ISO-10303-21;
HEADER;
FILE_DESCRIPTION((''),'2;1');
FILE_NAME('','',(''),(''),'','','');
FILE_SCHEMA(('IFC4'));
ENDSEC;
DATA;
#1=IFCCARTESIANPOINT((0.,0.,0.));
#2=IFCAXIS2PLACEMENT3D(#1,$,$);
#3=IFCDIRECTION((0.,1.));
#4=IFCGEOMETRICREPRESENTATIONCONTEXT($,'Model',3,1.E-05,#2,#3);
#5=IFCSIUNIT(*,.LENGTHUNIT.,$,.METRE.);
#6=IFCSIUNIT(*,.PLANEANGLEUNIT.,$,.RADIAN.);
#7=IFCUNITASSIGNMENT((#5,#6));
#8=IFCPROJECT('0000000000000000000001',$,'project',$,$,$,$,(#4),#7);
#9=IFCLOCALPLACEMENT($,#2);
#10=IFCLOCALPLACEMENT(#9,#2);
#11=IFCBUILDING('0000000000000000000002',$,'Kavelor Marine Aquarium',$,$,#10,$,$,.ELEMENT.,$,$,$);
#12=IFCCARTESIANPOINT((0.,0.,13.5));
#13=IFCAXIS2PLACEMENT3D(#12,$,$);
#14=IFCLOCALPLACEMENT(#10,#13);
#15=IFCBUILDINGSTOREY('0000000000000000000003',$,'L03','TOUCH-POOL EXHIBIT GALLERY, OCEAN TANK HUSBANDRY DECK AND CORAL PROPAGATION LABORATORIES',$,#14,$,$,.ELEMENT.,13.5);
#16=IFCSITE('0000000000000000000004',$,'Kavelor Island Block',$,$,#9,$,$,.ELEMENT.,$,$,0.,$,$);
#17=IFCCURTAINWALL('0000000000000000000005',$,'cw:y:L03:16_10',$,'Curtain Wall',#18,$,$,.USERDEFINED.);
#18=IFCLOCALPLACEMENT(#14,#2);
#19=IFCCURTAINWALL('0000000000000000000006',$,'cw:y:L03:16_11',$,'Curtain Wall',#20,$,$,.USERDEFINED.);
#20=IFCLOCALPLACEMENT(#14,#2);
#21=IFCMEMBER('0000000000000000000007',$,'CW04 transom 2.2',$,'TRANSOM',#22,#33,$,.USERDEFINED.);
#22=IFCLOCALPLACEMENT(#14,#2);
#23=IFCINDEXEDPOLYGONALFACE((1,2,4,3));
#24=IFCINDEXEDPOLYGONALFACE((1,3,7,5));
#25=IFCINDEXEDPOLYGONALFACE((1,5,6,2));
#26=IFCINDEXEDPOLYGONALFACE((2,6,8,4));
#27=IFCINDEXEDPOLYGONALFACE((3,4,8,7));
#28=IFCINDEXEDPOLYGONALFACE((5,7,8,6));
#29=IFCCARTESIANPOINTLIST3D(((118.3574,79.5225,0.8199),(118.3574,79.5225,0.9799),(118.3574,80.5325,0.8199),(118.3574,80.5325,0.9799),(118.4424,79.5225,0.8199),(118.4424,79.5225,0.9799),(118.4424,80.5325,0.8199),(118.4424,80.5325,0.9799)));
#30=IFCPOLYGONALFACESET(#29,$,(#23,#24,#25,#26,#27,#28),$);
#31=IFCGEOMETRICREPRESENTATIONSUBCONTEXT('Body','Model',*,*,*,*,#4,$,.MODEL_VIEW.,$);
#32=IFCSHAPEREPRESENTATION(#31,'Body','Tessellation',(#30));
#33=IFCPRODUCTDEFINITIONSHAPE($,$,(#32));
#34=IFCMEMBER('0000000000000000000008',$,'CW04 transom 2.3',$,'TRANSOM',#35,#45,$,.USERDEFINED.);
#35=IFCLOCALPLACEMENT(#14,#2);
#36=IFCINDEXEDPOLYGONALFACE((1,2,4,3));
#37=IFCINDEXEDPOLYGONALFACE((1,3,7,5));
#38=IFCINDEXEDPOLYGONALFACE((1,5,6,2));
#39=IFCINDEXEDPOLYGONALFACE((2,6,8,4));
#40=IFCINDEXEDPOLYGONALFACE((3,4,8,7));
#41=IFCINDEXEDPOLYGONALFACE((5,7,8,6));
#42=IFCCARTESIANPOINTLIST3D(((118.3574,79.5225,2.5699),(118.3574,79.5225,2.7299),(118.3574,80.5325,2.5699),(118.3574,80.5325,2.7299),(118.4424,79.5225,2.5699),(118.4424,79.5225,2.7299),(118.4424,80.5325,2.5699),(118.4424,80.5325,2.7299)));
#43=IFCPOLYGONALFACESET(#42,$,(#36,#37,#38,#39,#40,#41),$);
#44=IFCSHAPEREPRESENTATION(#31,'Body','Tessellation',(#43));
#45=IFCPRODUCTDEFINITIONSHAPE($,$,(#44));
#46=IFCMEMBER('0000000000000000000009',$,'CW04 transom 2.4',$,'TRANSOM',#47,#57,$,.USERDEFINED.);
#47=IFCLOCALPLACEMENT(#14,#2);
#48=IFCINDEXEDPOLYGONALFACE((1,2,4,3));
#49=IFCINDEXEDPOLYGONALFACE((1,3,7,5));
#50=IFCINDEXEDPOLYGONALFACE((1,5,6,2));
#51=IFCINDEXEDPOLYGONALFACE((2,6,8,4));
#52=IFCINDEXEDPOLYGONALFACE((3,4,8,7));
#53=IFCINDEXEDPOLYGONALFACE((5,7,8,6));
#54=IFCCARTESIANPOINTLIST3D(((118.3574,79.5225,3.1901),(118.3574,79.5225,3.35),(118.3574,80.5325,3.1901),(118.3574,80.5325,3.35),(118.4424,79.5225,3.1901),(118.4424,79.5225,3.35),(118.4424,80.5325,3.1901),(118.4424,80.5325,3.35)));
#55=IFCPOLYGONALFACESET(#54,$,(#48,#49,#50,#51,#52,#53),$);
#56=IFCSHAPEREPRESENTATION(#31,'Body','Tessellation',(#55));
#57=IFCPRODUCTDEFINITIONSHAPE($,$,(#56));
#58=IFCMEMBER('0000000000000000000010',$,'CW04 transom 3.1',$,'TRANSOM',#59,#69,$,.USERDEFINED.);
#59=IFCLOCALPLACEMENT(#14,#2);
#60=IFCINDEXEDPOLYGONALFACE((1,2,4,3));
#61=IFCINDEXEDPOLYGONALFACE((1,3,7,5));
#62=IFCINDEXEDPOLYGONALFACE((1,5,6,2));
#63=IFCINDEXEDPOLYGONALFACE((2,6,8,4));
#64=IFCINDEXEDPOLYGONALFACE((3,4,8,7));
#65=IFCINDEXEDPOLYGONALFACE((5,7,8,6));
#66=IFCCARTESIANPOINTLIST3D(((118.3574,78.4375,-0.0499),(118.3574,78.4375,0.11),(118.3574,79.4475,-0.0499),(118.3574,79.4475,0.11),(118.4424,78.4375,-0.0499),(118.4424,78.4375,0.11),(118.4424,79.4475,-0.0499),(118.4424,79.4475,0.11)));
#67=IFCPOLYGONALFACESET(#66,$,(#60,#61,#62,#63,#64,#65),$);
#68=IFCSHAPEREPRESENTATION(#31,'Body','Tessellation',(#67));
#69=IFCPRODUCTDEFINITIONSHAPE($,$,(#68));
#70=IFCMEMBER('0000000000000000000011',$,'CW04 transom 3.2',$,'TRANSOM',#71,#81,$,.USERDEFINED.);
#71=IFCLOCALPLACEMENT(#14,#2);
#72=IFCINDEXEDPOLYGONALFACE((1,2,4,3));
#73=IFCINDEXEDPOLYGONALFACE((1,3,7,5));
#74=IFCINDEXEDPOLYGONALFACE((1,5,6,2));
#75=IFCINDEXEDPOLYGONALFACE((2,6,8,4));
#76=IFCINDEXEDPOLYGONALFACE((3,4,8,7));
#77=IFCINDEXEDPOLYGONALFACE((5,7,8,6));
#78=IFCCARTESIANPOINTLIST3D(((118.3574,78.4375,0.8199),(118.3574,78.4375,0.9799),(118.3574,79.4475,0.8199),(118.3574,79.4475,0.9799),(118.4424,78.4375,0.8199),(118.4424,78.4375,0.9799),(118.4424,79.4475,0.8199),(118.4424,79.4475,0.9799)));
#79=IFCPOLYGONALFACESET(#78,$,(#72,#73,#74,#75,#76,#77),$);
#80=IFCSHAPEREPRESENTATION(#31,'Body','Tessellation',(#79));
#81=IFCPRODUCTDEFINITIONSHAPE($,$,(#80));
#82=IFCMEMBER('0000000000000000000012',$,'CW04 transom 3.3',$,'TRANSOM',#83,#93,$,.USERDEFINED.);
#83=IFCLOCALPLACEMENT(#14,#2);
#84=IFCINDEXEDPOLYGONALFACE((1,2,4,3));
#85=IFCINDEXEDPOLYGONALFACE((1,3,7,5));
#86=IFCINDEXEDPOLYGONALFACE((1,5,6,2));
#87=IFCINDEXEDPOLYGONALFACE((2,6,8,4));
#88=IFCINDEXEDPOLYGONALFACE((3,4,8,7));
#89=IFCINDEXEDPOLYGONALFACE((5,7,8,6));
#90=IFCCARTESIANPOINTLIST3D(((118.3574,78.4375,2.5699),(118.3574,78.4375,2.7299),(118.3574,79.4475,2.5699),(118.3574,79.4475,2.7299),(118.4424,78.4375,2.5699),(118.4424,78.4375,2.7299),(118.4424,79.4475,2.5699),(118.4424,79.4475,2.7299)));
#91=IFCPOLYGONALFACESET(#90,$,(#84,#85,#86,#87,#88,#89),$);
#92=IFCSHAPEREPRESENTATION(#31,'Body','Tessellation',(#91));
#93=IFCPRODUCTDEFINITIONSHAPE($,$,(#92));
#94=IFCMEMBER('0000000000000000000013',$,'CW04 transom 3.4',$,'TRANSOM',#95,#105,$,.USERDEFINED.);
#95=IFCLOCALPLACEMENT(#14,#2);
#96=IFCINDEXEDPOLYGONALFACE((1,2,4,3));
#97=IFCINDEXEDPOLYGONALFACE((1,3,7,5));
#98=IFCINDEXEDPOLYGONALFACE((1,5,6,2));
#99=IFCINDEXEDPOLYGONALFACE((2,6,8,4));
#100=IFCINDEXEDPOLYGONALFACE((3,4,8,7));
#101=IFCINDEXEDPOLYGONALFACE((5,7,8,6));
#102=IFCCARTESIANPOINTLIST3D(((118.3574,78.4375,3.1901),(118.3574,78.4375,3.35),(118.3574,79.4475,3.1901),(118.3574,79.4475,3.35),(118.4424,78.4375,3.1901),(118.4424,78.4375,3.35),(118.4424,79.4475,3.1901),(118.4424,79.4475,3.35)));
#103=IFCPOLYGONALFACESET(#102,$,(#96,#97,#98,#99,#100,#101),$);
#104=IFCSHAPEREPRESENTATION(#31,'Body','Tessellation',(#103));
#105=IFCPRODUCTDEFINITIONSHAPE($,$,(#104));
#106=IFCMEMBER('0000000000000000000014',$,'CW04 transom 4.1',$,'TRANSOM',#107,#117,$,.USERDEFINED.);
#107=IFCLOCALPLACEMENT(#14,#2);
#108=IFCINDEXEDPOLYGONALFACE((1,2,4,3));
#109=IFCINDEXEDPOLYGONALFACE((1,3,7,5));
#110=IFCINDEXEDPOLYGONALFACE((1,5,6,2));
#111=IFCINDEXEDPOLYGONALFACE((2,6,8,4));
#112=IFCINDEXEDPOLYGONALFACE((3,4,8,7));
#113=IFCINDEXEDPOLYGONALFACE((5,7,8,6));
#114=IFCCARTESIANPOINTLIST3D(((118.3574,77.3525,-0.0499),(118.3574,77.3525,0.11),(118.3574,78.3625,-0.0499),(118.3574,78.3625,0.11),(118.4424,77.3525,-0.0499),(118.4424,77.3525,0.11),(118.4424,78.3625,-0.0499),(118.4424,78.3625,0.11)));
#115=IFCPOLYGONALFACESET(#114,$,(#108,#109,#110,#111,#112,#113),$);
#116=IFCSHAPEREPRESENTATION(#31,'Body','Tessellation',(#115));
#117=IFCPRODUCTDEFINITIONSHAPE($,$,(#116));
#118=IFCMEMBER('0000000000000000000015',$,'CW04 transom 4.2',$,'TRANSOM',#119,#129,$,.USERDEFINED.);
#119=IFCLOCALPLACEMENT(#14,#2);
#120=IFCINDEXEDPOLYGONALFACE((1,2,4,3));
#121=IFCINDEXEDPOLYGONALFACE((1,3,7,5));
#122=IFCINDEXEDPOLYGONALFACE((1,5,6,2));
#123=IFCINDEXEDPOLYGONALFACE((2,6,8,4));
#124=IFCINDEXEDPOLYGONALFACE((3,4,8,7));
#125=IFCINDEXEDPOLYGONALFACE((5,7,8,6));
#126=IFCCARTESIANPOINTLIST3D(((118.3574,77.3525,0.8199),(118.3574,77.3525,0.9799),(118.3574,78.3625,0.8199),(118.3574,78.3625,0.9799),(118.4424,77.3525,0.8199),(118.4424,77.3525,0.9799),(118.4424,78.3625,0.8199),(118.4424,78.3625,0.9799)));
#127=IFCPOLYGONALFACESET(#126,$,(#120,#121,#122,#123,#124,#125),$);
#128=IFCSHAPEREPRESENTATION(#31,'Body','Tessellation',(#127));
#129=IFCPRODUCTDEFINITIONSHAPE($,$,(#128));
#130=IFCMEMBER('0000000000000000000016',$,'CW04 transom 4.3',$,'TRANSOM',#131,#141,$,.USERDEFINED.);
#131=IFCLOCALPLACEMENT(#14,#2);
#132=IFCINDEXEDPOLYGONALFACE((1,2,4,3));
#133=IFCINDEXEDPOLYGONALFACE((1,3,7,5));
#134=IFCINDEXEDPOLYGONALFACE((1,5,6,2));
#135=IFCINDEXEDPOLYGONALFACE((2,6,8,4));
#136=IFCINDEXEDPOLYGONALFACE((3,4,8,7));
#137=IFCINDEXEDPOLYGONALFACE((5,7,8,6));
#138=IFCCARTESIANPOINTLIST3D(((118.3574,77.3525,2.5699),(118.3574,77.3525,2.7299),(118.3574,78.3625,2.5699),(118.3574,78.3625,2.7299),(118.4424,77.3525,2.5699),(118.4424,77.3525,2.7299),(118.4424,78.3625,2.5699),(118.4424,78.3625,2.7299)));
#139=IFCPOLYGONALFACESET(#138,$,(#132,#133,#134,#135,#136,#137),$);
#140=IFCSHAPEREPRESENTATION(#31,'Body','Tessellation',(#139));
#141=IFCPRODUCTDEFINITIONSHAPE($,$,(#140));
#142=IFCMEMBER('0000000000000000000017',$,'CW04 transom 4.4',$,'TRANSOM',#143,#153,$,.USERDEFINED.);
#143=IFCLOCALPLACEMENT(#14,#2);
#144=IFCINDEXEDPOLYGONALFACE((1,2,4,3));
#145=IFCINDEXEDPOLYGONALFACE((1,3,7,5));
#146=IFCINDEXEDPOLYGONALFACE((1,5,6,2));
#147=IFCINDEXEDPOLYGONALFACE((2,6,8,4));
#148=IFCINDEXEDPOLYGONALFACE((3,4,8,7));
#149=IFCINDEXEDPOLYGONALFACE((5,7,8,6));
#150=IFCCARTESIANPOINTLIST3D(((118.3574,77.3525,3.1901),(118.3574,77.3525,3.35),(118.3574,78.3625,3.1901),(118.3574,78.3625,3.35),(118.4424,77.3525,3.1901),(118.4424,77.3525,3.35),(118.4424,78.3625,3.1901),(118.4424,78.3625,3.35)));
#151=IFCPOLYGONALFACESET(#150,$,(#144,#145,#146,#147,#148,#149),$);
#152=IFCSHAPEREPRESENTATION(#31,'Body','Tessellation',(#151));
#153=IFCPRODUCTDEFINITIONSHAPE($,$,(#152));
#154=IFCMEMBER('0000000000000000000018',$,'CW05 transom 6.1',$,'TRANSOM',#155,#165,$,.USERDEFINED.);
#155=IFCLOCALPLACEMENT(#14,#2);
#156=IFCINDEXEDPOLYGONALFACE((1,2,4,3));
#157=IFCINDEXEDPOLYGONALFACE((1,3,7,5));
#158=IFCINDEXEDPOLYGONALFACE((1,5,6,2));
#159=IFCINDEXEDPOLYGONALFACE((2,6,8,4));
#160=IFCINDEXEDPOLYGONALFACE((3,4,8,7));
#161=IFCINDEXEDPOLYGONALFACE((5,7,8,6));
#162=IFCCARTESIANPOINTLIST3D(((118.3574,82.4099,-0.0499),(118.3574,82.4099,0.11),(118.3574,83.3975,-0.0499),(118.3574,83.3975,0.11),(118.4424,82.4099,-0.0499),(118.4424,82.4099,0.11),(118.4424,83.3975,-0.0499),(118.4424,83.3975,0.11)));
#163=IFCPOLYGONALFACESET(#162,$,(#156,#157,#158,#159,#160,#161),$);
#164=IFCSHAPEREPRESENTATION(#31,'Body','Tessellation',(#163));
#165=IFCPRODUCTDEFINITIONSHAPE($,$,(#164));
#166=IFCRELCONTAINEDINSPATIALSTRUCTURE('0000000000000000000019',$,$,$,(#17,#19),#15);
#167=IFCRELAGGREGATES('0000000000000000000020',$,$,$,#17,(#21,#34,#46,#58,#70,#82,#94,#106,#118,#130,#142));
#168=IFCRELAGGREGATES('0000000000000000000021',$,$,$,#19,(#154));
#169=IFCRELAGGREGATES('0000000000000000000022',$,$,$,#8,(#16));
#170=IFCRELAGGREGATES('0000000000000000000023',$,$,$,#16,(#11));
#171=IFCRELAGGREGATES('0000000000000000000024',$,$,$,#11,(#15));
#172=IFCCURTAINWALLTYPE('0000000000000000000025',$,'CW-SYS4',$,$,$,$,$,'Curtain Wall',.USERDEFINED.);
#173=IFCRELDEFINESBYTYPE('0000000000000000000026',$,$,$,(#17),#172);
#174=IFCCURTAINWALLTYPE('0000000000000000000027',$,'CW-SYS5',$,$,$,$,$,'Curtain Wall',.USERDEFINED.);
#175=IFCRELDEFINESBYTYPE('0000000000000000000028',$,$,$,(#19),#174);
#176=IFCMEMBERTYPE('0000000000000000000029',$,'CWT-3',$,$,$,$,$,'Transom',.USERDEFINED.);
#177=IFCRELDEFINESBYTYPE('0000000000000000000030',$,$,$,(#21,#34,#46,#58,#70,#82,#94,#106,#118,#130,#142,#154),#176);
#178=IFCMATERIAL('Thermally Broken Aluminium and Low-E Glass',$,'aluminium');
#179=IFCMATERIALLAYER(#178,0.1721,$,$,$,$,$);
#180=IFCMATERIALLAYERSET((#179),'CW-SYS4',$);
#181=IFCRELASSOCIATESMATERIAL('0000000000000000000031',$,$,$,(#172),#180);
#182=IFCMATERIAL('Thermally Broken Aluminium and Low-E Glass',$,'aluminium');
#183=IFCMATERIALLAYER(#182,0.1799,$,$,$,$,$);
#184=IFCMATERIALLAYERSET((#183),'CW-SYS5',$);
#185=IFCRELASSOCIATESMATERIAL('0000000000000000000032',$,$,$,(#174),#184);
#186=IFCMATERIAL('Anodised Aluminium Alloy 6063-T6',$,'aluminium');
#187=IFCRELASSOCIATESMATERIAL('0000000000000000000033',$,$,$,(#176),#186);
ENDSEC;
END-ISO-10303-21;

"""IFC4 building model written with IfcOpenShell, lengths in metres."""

from ifc_helpers import new_model, si_unit, direction, frame, origin, origin_2d, place, context, subcontext, project, spatial, rectangle, extrude, material, layer, layer_set, material_profile, profile_set, type_object, element, aggregate, save


model = new_model("IFC4")

# Units and contexts
model_context = context("Model", 3, precision=1e-05, world=origin(), true_north=direction((0.0, 1.0)))
body_context = subcontext(model_context, "Body", "Model", "MODEL_VIEW")
ifc_project = project(units=[si_unit("LENGTHUNIT", "METRE"), si_unit("PLANEANGLEUNIT", "RADIAN")], contexts=[model_context])

# Site, building, storey
site_placement = place(None, origin())
site = spatial("IfcSite", under=ifc_project, at=site_placement, Name="Kavelor Island Block", CompositionType="ELEMENT", RefElevation=0.0)
building_placement = place(site_placement, origin())
building = spatial("IfcBuilding", under=site, at=building_placement, Name="Kavelor Marine Aquarium", CompositionType="ELEMENT")
storey_placement = place(building_placement, frame((0.0, 0.0, 13.5)))
storey = spatial("IfcBuildingStorey", under=building, at=storey_placement, Name="L03", Description="TOUCH-POOL EXHIBIT GALLERY, OCEAN TANK HUSBANDRY DECK AND CORAL PROPAGATION LABORATORIES", CompositionType="ELEMENT", Elevation=13.5)

# Curtain wall
ifc_material_1 = material(Name="Thermally Broken Aluminium and Low-E Glass", Category="aluminium")
ifc_layer_1 = layer(ifc_material_1, 0.1721)
ifc_layer_set_1 = layer_set([ifc_layer_1], Name="CW-SYS4")
curtain_wall_type_1 = type_object("IfcCurtainWallType", Name="CW-SYS4", ElementType="Curtain Wall", PredefinedType="USERDEFINED", material=ifc_layer_set_1)
curtain_wall_1_placement = place(storey_placement, origin())
curtain_wall_1 = element("IfcCurtainWall", 1, at=curtain_wall_1_placement, inside=storey, type_object=curtain_wall_type_1, Name="cw:y:L03:16_10", ObjectType="Curtain Wall", PredefinedType="USERDEFINED")

# Curtain wall
ifc_material_2 = material(Name="Thermally Broken Aluminium and Low-E Glass", Category="aluminium")
ifc_layer_2 = layer(ifc_material_2, 0.1799)
ifc_layer_set_2 = layer_set([ifc_layer_2], Name="CW-SYS5")
curtain_wall_type_2 = type_object("IfcCurtainWallType", Name="CW-SYS5", ElementType="Curtain Wall", PredefinedType="USERDEFINED", material=ifc_layer_set_2)
curtain_wall_2_placement = place(storey_placement, origin())
curtain_wall_2 = element("IfcCurtainWall", 2, at=curtain_wall_2_placement, inside=storey, type_object=curtain_wall_type_2, Name="cw:y:L03:16_11", ObjectType="Curtain Wall", PredefinedType="USERDEFINED")

# Members
ifc_material_3 = material(Name="Anodised Aluminium Alloy 6063-T6", Category="aluminium")
ifc_material_profile_1 = material_profile(ifc_material_3, rectangle(XDim=0.085, YDim=0.1599, at=origin_2d()), Name="CW-TRN 85x160")
ifc_profile_set_1 = profile_set([ifc_material_profile_1], Name="Anodised Aluminium Alloy 6063-T6")
member_type_1 = type_object("IfcMemberType", Name="CWT-3", ElementType="Transom", PredefinedType="USERDEFINED", material=ifc_profile_set_1)
member_1_placement = place(storey_placement, frame((118.3999, 80.5325, 0.8999), z_axis=(0.0, -1.0, 0.0), x_axis=(1.0, 0.0, 0.0)))
member_1 = element("IfcMember", 3, at=member_1_placement, type_object=member_type_1, Name="CW04 transom 2.2", ObjectType="TRANSOM", PredefinedType="USERDEFINED", context=body_context, shape_type="SweptSolid", body=[
    extrude(rectangle(XDim=0.085, YDim=0.1599, at=origin_2d()), origin(), (0.0, 0.0, 1.0), 1.01),
])
member_2_placement = place(storey_placement, frame((118.3999, 80.5325, 2.6499), z_axis=(0.0, -1.0, 0.0), x_axis=(1.0, 0.0, 0.0)))
member_2 = element("IfcMember", 4, at=member_2_placement, type_object=member_type_1, Name="CW04 transom 2.3", ObjectType="TRANSOM", PredefinedType="USERDEFINED", context=body_context, shape_type="SweptSolid", body=[
    extrude(rectangle(XDim=0.085, YDim=0.1599, at=origin_2d()), origin(), (0.0, 0.0, 1.0), 1.01),
])
member_3_placement = place(storey_placement, frame((118.3999, 80.5325, 3.27), z_axis=(0.0, -1.0, 0.0), x_axis=(1.0, 0.0, 0.0)))
member_3 = element("IfcMember", 5, at=member_3_placement, type_object=member_type_1, Name="CW04 transom 2.4", ObjectType="TRANSOM", PredefinedType="USERDEFINED", context=body_context, shape_type="SweptSolid", body=[
    extrude(rectangle(XDim=0.085, YDim=0.1599, at=origin_2d()), origin(), (0.0, 0.0, 1.0), 1.01),
])
member_4_placement = place(storey_placement, frame((118.3999, 79.4475, 0.03), z_axis=(0.0, -1.0, 0.0), x_axis=(1.0, 0.0, 0.0)))
member_4 = element("IfcMember", 6, at=member_4_placement, type_object=member_type_1, Name="CW04 transom 3.1", ObjectType="TRANSOM", PredefinedType="USERDEFINED", context=body_context, shape_type="SweptSolid", body=[
    extrude(rectangle(XDim=0.085, YDim=0.1599, at=origin_2d()), origin(), (0.0, 0.0, 1.0), 1.01),
])
member_5_placement = place(storey_placement, frame((118.3999, 79.4475, 0.8999), z_axis=(0.0, -1.0, 0.0), x_axis=(1.0, 0.0, 0.0)))
member_5 = element("IfcMember", 7, at=member_5_placement, type_object=member_type_1, Name="CW04 transom 3.2", ObjectType="TRANSOM", PredefinedType="USERDEFINED", context=body_context, shape_type="SweptSolid", body=[
    extrude(rectangle(XDim=0.085, YDim=0.1599, at=origin_2d()), origin(), (0.0, 0.0, 1.0), 1.01),
])
member_6_placement = place(storey_placement, frame((118.3999, 79.4475, 2.6499), z_axis=(0.0, -1.0, 0.0), x_axis=(1.0, 0.0, 0.0)))
member_6 = element("IfcMember", 8, at=member_6_placement, type_object=member_type_1, Name="CW04 transom 3.3", ObjectType="TRANSOM", PredefinedType="USERDEFINED", context=body_context, shape_type="SweptSolid", body=[
    extrude(rectangle(XDim=0.085, YDim=0.1599, at=origin_2d()), origin(), (0.0, 0.0, 1.0), 1.01),
])
member_7_placement = place(storey_placement, frame((118.3999, 79.4475, 3.27), z_axis=(0.0, -1.0, 0.0), x_axis=(1.0, 0.0, 0.0)))
member_7 = element("IfcMember", 9, at=member_7_placement, type_object=member_type_1, Name="CW04 transom 3.4", ObjectType="TRANSOM", PredefinedType="USERDEFINED", context=body_context, shape_type="SweptSolid", body=[
    extrude(rectangle(XDim=0.085, YDim=0.1599, at=origin_2d()), origin(), (0.0, 0.0, 1.0), 1.01),
])
member_8_placement = place(storey_placement, frame((118.3999, 78.3625, 0.03), z_axis=(0.0, -1.0, 0.0), x_axis=(1.0, 0.0, 0.0)))
member_8 = element("IfcMember", 10, at=member_8_placement, type_object=member_type_1, Name="CW04 transom 4.1", ObjectType="TRANSOM", PredefinedType="USERDEFINED", context=body_context, shape_type="SweptSolid", body=[
    extrude(rectangle(XDim=0.085, YDim=0.1599, at=origin_2d()), origin(), (0.0, 0.0, 1.0), 1.01),
])
member_9_placement = place(storey_placement, frame((118.3999, 78.3625, 0.8999), z_axis=(0.0, -1.0, 0.0), x_axis=(1.0, 0.0, 0.0)))
member_9 = element("IfcMember", 11, at=member_9_placement, type_object=member_type_1, Name="CW04 transom 4.2", ObjectType="TRANSOM", PredefinedType="USERDEFINED", context=body_context, shape_type="SweptSolid", body=[
    extrude(rectangle(XDim=0.085, YDim=0.1599, at=origin_2d()), origin(), (0.0, 0.0, 1.0), 1.01),
])
member_10_placement = place(storey_placement, frame((118.3999, 78.3625, 2.6499), z_axis=(0.0, -1.0, 0.0), x_axis=(1.0, 0.0, 0.0)))
member_10 = element("IfcMember", 12, at=member_10_placement, type_object=member_type_1, Name="CW04 transom 4.3", ObjectType="TRANSOM", PredefinedType="USERDEFINED", context=body_context, shape_type="SweptSolid", body=[
    extrude(rectangle(XDim=0.085, YDim=0.1599, at=origin_2d()), origin(), (0.0, 0.0, 1.0), 1.01),
])
member_11_placement = place(storey_placement, frame((118.3999, 78.3625, 3.27), z_axis=(0.0, -1.0, 0.0), x_axis=(1.0, 0.0, 0.0)))
member_11 = element("IfcMember", 13, at=member_11_placement, type_object=member_type_1, Name="CW04 transom 4.4", ObjectType="TRANSOM", PredefinedType="USERDEFINED", context=body_context, shape_type="SweptSolid", body=[
    extrude(rectangle(XDim=0.085, YDim=0.1599, at=origin_2d()), origin(), (0.0, 0.0, 1.0), 1.01),
])
member_12_placement = place(storey_placement, frame((118.3999, 83.3975, 0.03), z_axis=(0.0, -1.0, 0.0), x_axis=(1.0, 0.0, 0.0)))
member_12 = element("IfcMember", 14, at=member_12_placement, type_object=member_type_1, Name="CW05 transom 6.1", ObjectType="TRANSOM", PredefinedType="USERDEFINED", context=body_context, shape_type="SweptSolid", body=[
    extrude(rectangle(XDim=0.085, YDim=0.1599, at=origin_2d()), origin(), (0.0, 0.0, 1.0), 0.9875),
])

aggregate(curtain_wall_1, [member_1, member_2, member_3, member_4, member_5, member_6, member_7, member_8, member_9, member_10, member_11])
aggregate(curtain_wall_2, [member_12])

save(model, "model.ifc")
